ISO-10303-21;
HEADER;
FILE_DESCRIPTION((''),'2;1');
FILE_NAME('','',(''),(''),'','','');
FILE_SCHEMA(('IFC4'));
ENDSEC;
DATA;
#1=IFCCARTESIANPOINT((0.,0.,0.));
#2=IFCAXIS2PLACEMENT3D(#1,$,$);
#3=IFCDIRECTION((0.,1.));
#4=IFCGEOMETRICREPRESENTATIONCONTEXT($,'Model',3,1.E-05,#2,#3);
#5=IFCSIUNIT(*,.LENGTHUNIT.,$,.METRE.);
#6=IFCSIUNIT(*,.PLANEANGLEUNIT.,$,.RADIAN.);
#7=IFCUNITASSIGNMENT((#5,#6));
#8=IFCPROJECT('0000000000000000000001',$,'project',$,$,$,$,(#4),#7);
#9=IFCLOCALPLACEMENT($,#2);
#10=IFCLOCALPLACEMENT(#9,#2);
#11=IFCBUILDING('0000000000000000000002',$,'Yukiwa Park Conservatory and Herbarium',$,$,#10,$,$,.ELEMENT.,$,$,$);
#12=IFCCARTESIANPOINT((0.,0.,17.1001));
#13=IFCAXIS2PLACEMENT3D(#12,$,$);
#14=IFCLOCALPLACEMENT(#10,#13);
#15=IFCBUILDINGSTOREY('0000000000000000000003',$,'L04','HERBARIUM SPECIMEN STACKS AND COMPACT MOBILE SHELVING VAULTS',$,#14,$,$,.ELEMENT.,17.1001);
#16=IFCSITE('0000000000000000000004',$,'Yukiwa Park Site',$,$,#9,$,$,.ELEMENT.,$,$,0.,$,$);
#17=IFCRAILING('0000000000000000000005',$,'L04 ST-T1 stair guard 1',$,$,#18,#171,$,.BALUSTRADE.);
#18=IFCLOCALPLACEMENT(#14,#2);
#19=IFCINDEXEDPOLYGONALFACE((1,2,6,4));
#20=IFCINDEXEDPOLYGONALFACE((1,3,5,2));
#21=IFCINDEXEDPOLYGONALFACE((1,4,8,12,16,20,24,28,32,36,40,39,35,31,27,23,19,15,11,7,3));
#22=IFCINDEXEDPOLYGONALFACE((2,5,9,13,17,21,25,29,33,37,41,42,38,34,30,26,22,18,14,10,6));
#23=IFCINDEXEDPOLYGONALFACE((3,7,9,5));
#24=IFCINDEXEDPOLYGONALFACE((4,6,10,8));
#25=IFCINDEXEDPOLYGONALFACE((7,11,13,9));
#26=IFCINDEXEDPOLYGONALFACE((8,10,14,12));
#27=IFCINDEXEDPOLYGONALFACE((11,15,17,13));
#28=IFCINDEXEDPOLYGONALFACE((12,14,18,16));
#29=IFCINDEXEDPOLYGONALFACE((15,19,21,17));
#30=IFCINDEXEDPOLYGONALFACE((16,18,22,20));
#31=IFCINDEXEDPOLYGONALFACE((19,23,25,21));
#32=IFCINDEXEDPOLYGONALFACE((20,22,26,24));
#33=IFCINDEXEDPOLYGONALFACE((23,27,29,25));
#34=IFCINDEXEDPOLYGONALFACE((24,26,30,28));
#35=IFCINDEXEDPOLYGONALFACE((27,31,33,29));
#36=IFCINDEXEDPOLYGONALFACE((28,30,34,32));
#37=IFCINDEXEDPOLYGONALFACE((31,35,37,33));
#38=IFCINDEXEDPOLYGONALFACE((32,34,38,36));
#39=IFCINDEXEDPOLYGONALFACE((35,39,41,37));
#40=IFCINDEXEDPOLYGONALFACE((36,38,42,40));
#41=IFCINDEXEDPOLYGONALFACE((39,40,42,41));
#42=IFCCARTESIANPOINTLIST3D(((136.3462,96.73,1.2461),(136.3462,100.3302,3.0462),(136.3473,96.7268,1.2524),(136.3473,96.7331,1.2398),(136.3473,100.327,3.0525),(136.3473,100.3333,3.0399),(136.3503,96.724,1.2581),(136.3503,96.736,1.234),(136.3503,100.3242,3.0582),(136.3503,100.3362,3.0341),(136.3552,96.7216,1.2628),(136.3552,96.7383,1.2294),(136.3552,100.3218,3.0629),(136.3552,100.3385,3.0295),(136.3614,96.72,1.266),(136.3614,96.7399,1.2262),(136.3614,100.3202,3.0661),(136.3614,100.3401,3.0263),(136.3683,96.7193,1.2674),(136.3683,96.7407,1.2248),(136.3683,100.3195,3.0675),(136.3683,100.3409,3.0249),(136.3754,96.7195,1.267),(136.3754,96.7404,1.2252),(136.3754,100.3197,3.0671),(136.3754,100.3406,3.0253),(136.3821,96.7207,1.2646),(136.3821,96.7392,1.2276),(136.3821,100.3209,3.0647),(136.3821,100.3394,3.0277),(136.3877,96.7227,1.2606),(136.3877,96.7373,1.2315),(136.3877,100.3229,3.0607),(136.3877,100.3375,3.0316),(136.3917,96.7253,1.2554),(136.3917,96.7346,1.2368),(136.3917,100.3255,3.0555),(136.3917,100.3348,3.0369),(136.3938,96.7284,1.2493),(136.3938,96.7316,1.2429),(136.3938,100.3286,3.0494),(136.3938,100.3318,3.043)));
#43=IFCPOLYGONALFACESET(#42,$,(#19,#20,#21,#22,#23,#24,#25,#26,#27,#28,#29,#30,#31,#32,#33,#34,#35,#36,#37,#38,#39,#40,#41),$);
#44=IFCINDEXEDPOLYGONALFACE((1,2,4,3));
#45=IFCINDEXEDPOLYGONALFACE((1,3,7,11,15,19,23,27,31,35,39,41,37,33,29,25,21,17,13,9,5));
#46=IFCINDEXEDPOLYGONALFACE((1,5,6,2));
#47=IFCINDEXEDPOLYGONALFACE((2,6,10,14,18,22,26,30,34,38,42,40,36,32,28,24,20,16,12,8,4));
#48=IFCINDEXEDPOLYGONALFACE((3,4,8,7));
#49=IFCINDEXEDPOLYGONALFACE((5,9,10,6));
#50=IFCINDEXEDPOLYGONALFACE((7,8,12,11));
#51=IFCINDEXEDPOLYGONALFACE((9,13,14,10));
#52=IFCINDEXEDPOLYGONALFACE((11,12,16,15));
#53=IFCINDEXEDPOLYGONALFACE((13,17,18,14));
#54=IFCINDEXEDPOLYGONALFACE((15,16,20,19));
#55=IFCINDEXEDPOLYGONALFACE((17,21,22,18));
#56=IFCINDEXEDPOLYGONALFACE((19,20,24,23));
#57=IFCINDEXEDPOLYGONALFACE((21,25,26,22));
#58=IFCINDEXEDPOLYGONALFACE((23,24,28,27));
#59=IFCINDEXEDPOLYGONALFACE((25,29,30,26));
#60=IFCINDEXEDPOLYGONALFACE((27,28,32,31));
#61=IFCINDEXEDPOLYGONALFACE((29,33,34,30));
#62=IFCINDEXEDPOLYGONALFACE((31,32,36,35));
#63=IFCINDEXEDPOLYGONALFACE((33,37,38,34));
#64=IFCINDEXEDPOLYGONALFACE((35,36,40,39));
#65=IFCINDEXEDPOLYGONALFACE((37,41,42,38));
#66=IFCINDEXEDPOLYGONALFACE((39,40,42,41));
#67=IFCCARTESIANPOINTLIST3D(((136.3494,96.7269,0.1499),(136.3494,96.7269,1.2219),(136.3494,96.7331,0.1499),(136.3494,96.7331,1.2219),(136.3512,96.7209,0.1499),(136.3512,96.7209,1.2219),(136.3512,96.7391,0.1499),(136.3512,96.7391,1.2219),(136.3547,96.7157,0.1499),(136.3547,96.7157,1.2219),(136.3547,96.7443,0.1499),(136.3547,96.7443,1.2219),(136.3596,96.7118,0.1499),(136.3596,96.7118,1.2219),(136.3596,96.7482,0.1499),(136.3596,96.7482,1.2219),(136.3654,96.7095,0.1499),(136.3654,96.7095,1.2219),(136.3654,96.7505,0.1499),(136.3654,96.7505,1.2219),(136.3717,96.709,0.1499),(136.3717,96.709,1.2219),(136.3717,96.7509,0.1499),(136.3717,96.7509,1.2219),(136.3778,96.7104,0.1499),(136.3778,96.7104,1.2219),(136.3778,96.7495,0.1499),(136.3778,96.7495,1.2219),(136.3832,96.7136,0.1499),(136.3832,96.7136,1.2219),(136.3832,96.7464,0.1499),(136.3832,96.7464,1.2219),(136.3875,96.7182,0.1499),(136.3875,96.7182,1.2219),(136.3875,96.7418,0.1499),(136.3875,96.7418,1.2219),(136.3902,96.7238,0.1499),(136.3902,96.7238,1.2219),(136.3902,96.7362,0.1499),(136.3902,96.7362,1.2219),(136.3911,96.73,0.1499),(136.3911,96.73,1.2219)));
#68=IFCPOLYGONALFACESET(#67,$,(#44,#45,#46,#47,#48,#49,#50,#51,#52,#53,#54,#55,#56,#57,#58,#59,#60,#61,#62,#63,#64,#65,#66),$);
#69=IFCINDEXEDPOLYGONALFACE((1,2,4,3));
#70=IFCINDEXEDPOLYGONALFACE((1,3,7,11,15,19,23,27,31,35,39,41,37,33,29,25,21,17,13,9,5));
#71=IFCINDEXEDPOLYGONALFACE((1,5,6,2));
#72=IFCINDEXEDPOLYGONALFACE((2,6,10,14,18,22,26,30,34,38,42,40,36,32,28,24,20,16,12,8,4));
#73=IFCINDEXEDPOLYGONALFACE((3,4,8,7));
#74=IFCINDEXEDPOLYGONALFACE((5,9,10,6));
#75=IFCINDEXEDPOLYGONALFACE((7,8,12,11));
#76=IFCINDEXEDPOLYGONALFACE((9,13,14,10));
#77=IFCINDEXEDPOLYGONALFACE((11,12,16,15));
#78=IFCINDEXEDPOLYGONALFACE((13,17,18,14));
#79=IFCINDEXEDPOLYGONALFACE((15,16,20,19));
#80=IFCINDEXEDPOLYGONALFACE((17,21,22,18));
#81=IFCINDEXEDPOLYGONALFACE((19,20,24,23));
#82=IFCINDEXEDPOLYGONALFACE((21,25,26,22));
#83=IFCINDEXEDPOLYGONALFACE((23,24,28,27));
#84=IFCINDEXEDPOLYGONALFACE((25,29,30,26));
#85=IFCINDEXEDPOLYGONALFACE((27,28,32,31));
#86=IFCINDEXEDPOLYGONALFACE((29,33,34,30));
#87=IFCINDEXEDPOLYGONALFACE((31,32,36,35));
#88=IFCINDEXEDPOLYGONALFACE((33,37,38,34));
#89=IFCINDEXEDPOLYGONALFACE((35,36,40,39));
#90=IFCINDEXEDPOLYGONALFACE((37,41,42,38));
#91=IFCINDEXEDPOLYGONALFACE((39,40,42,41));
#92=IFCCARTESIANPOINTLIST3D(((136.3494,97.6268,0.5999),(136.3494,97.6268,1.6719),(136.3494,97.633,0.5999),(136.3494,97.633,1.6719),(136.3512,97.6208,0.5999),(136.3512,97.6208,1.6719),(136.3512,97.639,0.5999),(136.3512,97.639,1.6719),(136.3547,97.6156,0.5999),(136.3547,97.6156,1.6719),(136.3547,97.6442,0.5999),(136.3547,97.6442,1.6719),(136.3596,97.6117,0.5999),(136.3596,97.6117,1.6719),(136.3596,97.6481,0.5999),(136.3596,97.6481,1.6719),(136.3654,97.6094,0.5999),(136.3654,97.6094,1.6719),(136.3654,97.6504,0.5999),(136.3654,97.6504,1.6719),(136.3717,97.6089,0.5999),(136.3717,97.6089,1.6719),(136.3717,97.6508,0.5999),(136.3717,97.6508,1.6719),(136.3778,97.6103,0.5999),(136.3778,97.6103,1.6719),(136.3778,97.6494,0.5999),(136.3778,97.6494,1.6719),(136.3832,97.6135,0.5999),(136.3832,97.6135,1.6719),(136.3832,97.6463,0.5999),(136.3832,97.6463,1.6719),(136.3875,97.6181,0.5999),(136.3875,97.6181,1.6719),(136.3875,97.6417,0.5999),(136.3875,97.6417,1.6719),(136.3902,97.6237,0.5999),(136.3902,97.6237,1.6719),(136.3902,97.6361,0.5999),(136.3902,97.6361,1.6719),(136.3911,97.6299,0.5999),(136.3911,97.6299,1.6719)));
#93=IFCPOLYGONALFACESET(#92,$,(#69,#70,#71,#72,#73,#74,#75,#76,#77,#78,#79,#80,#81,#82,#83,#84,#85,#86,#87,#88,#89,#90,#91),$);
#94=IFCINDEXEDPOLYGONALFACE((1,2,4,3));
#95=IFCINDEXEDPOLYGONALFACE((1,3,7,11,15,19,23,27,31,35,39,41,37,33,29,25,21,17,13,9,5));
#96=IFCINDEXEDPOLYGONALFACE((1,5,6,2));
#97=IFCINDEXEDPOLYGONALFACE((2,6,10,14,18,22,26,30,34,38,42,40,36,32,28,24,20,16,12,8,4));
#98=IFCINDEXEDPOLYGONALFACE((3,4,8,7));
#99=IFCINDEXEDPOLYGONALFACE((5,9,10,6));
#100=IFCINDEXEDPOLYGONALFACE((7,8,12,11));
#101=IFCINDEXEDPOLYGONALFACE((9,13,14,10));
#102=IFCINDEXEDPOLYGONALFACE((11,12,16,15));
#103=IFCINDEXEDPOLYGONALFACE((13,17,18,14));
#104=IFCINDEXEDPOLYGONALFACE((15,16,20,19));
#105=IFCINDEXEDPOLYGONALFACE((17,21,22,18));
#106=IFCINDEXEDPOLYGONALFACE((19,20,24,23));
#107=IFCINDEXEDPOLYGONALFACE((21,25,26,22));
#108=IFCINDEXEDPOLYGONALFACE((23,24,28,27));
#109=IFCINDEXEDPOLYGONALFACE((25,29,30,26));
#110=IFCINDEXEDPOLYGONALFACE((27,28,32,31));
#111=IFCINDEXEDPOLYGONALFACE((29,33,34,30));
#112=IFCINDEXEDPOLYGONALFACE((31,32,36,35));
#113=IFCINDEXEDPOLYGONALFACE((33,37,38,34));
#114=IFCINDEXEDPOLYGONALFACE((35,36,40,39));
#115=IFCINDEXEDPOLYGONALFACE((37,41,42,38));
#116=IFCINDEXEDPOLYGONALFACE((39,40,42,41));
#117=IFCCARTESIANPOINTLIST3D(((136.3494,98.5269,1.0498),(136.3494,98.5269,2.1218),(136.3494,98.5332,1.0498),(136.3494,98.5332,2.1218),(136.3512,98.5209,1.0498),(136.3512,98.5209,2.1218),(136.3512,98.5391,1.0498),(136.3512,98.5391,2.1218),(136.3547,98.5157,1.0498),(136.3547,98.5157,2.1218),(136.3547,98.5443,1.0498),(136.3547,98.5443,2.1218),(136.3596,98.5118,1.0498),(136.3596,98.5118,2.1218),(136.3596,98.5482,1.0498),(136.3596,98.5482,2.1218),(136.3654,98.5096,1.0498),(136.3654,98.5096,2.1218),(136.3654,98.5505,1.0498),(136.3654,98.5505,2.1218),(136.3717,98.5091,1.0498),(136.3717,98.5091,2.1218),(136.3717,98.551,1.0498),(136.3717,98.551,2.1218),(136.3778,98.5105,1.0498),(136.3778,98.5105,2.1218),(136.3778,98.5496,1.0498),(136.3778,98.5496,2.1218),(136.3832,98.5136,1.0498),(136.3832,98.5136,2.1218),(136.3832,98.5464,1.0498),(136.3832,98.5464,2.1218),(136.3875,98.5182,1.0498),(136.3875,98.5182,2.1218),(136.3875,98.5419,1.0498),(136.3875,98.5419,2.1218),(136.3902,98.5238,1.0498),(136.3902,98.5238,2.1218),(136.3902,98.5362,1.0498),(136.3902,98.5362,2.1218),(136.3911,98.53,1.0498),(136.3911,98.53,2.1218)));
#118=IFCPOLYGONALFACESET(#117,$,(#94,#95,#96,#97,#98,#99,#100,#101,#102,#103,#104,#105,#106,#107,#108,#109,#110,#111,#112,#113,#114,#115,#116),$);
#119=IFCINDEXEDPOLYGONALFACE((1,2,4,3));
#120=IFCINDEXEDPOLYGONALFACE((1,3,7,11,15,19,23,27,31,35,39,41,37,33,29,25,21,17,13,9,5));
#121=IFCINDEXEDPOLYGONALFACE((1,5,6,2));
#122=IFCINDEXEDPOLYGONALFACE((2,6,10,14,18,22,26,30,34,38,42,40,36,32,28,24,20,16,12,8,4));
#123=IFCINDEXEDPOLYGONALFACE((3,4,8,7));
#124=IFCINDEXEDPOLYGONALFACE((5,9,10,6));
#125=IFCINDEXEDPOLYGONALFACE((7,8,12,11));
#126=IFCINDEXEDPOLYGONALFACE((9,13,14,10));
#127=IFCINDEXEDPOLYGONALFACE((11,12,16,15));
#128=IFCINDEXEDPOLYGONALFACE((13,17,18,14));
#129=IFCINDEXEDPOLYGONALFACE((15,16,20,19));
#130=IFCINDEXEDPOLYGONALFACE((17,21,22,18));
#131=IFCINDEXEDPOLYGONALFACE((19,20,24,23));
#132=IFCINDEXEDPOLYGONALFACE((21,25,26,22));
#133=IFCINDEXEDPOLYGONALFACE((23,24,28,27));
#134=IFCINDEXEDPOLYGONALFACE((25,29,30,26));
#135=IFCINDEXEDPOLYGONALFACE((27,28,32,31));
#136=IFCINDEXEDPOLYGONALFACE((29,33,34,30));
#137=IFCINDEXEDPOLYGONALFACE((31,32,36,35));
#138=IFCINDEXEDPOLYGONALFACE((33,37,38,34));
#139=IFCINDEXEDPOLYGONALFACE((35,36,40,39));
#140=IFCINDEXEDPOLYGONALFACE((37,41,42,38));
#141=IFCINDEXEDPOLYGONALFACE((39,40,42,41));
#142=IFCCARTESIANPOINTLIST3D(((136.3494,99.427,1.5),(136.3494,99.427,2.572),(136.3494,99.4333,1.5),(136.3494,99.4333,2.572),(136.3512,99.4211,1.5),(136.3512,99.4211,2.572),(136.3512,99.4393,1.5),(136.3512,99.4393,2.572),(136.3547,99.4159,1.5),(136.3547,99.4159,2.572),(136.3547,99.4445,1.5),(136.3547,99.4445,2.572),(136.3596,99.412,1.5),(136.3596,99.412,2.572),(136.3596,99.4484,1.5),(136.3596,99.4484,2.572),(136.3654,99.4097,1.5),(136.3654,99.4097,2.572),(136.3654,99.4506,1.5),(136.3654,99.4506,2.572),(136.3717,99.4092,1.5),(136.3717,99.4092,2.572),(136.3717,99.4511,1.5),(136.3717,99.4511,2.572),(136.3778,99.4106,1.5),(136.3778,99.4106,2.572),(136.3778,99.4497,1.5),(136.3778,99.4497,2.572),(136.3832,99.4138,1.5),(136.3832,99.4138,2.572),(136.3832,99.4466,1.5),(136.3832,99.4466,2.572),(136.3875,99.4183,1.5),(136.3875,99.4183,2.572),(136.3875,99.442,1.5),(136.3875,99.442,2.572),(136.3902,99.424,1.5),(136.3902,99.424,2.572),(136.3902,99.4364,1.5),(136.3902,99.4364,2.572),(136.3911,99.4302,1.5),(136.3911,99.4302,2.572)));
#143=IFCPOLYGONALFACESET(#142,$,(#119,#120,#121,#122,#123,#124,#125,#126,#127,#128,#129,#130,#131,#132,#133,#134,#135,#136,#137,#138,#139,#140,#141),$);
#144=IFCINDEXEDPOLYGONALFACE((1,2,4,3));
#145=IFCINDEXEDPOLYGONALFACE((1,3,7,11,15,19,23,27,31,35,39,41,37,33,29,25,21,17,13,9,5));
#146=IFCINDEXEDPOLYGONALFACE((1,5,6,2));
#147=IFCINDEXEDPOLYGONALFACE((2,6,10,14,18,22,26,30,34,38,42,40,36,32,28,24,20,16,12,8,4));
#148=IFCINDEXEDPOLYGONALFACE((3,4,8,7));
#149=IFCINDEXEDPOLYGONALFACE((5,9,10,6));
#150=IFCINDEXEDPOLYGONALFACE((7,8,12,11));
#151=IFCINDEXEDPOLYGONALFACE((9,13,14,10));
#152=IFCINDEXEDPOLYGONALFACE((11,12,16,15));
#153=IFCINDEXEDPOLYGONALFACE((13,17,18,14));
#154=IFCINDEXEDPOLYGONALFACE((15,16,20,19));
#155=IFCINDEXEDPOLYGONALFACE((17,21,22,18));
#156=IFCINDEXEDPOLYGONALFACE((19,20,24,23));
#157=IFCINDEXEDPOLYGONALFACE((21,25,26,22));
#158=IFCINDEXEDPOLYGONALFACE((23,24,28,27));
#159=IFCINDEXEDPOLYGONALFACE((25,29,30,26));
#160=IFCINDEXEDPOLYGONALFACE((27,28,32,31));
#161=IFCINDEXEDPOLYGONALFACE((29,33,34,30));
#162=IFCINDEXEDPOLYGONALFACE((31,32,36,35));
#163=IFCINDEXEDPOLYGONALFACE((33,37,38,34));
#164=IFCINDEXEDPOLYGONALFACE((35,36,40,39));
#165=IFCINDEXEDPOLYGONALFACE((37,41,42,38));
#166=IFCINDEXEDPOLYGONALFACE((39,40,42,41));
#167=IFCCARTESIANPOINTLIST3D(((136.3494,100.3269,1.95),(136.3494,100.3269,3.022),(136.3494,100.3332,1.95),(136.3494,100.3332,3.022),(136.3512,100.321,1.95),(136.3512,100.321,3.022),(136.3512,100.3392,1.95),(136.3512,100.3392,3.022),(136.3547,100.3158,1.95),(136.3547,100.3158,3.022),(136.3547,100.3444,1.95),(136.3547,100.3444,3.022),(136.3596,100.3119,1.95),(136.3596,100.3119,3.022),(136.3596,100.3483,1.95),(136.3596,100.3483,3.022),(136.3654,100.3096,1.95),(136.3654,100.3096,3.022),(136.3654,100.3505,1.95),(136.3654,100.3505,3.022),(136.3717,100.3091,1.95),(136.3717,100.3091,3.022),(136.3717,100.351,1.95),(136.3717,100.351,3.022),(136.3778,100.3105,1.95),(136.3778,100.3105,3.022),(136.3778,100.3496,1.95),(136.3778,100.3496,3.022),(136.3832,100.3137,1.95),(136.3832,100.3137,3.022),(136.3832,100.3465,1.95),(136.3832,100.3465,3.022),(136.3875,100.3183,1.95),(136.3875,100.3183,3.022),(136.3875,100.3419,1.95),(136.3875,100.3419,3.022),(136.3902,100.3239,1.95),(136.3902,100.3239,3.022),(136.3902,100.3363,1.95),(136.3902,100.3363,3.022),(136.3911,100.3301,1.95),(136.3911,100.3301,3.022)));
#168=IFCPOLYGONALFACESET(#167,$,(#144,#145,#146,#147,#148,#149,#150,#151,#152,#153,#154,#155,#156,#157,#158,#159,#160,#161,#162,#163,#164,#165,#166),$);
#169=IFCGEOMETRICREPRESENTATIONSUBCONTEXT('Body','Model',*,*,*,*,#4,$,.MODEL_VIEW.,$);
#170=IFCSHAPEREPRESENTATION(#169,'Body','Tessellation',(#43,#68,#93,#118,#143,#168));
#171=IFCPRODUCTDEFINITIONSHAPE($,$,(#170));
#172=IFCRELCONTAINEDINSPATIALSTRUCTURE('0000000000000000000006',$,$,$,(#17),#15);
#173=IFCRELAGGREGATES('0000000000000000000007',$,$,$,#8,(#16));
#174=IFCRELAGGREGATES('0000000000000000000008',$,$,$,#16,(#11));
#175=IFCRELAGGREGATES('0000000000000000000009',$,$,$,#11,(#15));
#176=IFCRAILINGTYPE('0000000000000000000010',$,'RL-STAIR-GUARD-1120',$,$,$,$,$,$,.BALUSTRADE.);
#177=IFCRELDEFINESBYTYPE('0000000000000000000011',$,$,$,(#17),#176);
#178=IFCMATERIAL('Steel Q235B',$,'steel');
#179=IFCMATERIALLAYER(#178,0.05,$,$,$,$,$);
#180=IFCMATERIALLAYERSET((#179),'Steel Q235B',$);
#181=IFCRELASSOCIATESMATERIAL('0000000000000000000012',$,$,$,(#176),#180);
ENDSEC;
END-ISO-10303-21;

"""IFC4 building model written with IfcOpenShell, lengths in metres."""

from ifc_helpers import new_model, si_unit, direction, frame, origin, origin_2d, place, context, subcontext, project, spatial, circle, extrude, material, layer, layer_set, type_object, element, save


model = new_model("IFC4")

# Units and contexts
model_context = context("Model", 3, precision=1e-05, world=origin(), true_north=direction((0.0, 1.0)))
body_context = subcontext(model_context, "Body", "Model", "MODEL_VIEW")
ifc_project = project(units=[si_unit("LENGTHUNIT", "METRE"), si_unit("PLANEANGLEUNIT", "RADIAN")], contexts=[model_context])

# Site, building, storey
site_placement = place(None, origin())
site = spatial("IfcSite", under=ifc_project, at=site_placement, Name="Yukiwa Park Site", CompositionType="ELEMENT", RefElevation=0.0)
building_placement = place(site_placement, origin())
building = spatial("IfcBuilding", under=site, at=building_placement, Name="Yukiwa Park Conservatory and Herbarium", CompositionType="ELEMENT")
storey_placement = place(building_placement, frame((0.0, 0.0, 17.1001)))
storey = spatial("IfcBuildingStorey", under=building, at=storey_placement, Name="L04", Description="HERBARIUM SPECIMEN STACKS AND COMPACT MOBILE SHELVING VAULTS", CompositionType="ELEMENT", Elevation=17.1001)

# Railing
ifc_material_1 = material(Name="Steel Q235B", Category="steel")
ifc_layer_1 = layer(ifc_material_1, 0.05)
ifc_layer_set_1 = layer_set([ifc_layer_1], Name="Steel Q235B")
railing_type_1 = type_object("IfcRailingType", Name="RL-STAIR-GUARD-1120", PredefinedType="BALUSTRADE", material=ifc_layer_set_1)
railing_1_placement = place(storey_placement, frame((136.3701, 96.73, 0.1499)))
element("IfcRailing", 1, at=railing_1_placement, inside=storey, type_object=railing_type_1, Name="L04 ST-T1 stair guard 1", PredefinedType="BALUSTRADE", context=body_context, shape_type="SweptSolid", body=[
    extrude(circle(Radius=0.0239, at=origin_2d()), frame((0.0, 0.0, 1.0962), z_axis=(0.0, 0.894427, 0.447214), x_axis=(-1.0, 0.0, 0.0)), (0.0, 0.0, 1.0), 4.0251),
    extrude(circle(Radius=0.021, at=origin_2d()), origin(), (0.0, 0.0, 1.0), 1.072),
    extrude(circle(Radius=0.021, at=origin_2d()), frame((0.0, 0.8999, 0.45)), (0.0, 0.0, 1.0), 1.072),
    extrude(circle(Radius=0.021, at=origin_2d()), frame((0.0, 1.8, 0.8999)), (0.0, 0.0, 1.0), 1.072),
    extrude(circle(Radius=0.021, at=origin_2d()), frame((0.0, 2.7002, 1.3501)), (0.0, 0.0, 1.0), 1.072),
    extrude(circle(Radius=0.021, at=origin_2d()), frame((0.0, 3.6001, 1.8)), (0.0, 0.0, 1.0), 1.072),
])

save(model, "model.ifc")
